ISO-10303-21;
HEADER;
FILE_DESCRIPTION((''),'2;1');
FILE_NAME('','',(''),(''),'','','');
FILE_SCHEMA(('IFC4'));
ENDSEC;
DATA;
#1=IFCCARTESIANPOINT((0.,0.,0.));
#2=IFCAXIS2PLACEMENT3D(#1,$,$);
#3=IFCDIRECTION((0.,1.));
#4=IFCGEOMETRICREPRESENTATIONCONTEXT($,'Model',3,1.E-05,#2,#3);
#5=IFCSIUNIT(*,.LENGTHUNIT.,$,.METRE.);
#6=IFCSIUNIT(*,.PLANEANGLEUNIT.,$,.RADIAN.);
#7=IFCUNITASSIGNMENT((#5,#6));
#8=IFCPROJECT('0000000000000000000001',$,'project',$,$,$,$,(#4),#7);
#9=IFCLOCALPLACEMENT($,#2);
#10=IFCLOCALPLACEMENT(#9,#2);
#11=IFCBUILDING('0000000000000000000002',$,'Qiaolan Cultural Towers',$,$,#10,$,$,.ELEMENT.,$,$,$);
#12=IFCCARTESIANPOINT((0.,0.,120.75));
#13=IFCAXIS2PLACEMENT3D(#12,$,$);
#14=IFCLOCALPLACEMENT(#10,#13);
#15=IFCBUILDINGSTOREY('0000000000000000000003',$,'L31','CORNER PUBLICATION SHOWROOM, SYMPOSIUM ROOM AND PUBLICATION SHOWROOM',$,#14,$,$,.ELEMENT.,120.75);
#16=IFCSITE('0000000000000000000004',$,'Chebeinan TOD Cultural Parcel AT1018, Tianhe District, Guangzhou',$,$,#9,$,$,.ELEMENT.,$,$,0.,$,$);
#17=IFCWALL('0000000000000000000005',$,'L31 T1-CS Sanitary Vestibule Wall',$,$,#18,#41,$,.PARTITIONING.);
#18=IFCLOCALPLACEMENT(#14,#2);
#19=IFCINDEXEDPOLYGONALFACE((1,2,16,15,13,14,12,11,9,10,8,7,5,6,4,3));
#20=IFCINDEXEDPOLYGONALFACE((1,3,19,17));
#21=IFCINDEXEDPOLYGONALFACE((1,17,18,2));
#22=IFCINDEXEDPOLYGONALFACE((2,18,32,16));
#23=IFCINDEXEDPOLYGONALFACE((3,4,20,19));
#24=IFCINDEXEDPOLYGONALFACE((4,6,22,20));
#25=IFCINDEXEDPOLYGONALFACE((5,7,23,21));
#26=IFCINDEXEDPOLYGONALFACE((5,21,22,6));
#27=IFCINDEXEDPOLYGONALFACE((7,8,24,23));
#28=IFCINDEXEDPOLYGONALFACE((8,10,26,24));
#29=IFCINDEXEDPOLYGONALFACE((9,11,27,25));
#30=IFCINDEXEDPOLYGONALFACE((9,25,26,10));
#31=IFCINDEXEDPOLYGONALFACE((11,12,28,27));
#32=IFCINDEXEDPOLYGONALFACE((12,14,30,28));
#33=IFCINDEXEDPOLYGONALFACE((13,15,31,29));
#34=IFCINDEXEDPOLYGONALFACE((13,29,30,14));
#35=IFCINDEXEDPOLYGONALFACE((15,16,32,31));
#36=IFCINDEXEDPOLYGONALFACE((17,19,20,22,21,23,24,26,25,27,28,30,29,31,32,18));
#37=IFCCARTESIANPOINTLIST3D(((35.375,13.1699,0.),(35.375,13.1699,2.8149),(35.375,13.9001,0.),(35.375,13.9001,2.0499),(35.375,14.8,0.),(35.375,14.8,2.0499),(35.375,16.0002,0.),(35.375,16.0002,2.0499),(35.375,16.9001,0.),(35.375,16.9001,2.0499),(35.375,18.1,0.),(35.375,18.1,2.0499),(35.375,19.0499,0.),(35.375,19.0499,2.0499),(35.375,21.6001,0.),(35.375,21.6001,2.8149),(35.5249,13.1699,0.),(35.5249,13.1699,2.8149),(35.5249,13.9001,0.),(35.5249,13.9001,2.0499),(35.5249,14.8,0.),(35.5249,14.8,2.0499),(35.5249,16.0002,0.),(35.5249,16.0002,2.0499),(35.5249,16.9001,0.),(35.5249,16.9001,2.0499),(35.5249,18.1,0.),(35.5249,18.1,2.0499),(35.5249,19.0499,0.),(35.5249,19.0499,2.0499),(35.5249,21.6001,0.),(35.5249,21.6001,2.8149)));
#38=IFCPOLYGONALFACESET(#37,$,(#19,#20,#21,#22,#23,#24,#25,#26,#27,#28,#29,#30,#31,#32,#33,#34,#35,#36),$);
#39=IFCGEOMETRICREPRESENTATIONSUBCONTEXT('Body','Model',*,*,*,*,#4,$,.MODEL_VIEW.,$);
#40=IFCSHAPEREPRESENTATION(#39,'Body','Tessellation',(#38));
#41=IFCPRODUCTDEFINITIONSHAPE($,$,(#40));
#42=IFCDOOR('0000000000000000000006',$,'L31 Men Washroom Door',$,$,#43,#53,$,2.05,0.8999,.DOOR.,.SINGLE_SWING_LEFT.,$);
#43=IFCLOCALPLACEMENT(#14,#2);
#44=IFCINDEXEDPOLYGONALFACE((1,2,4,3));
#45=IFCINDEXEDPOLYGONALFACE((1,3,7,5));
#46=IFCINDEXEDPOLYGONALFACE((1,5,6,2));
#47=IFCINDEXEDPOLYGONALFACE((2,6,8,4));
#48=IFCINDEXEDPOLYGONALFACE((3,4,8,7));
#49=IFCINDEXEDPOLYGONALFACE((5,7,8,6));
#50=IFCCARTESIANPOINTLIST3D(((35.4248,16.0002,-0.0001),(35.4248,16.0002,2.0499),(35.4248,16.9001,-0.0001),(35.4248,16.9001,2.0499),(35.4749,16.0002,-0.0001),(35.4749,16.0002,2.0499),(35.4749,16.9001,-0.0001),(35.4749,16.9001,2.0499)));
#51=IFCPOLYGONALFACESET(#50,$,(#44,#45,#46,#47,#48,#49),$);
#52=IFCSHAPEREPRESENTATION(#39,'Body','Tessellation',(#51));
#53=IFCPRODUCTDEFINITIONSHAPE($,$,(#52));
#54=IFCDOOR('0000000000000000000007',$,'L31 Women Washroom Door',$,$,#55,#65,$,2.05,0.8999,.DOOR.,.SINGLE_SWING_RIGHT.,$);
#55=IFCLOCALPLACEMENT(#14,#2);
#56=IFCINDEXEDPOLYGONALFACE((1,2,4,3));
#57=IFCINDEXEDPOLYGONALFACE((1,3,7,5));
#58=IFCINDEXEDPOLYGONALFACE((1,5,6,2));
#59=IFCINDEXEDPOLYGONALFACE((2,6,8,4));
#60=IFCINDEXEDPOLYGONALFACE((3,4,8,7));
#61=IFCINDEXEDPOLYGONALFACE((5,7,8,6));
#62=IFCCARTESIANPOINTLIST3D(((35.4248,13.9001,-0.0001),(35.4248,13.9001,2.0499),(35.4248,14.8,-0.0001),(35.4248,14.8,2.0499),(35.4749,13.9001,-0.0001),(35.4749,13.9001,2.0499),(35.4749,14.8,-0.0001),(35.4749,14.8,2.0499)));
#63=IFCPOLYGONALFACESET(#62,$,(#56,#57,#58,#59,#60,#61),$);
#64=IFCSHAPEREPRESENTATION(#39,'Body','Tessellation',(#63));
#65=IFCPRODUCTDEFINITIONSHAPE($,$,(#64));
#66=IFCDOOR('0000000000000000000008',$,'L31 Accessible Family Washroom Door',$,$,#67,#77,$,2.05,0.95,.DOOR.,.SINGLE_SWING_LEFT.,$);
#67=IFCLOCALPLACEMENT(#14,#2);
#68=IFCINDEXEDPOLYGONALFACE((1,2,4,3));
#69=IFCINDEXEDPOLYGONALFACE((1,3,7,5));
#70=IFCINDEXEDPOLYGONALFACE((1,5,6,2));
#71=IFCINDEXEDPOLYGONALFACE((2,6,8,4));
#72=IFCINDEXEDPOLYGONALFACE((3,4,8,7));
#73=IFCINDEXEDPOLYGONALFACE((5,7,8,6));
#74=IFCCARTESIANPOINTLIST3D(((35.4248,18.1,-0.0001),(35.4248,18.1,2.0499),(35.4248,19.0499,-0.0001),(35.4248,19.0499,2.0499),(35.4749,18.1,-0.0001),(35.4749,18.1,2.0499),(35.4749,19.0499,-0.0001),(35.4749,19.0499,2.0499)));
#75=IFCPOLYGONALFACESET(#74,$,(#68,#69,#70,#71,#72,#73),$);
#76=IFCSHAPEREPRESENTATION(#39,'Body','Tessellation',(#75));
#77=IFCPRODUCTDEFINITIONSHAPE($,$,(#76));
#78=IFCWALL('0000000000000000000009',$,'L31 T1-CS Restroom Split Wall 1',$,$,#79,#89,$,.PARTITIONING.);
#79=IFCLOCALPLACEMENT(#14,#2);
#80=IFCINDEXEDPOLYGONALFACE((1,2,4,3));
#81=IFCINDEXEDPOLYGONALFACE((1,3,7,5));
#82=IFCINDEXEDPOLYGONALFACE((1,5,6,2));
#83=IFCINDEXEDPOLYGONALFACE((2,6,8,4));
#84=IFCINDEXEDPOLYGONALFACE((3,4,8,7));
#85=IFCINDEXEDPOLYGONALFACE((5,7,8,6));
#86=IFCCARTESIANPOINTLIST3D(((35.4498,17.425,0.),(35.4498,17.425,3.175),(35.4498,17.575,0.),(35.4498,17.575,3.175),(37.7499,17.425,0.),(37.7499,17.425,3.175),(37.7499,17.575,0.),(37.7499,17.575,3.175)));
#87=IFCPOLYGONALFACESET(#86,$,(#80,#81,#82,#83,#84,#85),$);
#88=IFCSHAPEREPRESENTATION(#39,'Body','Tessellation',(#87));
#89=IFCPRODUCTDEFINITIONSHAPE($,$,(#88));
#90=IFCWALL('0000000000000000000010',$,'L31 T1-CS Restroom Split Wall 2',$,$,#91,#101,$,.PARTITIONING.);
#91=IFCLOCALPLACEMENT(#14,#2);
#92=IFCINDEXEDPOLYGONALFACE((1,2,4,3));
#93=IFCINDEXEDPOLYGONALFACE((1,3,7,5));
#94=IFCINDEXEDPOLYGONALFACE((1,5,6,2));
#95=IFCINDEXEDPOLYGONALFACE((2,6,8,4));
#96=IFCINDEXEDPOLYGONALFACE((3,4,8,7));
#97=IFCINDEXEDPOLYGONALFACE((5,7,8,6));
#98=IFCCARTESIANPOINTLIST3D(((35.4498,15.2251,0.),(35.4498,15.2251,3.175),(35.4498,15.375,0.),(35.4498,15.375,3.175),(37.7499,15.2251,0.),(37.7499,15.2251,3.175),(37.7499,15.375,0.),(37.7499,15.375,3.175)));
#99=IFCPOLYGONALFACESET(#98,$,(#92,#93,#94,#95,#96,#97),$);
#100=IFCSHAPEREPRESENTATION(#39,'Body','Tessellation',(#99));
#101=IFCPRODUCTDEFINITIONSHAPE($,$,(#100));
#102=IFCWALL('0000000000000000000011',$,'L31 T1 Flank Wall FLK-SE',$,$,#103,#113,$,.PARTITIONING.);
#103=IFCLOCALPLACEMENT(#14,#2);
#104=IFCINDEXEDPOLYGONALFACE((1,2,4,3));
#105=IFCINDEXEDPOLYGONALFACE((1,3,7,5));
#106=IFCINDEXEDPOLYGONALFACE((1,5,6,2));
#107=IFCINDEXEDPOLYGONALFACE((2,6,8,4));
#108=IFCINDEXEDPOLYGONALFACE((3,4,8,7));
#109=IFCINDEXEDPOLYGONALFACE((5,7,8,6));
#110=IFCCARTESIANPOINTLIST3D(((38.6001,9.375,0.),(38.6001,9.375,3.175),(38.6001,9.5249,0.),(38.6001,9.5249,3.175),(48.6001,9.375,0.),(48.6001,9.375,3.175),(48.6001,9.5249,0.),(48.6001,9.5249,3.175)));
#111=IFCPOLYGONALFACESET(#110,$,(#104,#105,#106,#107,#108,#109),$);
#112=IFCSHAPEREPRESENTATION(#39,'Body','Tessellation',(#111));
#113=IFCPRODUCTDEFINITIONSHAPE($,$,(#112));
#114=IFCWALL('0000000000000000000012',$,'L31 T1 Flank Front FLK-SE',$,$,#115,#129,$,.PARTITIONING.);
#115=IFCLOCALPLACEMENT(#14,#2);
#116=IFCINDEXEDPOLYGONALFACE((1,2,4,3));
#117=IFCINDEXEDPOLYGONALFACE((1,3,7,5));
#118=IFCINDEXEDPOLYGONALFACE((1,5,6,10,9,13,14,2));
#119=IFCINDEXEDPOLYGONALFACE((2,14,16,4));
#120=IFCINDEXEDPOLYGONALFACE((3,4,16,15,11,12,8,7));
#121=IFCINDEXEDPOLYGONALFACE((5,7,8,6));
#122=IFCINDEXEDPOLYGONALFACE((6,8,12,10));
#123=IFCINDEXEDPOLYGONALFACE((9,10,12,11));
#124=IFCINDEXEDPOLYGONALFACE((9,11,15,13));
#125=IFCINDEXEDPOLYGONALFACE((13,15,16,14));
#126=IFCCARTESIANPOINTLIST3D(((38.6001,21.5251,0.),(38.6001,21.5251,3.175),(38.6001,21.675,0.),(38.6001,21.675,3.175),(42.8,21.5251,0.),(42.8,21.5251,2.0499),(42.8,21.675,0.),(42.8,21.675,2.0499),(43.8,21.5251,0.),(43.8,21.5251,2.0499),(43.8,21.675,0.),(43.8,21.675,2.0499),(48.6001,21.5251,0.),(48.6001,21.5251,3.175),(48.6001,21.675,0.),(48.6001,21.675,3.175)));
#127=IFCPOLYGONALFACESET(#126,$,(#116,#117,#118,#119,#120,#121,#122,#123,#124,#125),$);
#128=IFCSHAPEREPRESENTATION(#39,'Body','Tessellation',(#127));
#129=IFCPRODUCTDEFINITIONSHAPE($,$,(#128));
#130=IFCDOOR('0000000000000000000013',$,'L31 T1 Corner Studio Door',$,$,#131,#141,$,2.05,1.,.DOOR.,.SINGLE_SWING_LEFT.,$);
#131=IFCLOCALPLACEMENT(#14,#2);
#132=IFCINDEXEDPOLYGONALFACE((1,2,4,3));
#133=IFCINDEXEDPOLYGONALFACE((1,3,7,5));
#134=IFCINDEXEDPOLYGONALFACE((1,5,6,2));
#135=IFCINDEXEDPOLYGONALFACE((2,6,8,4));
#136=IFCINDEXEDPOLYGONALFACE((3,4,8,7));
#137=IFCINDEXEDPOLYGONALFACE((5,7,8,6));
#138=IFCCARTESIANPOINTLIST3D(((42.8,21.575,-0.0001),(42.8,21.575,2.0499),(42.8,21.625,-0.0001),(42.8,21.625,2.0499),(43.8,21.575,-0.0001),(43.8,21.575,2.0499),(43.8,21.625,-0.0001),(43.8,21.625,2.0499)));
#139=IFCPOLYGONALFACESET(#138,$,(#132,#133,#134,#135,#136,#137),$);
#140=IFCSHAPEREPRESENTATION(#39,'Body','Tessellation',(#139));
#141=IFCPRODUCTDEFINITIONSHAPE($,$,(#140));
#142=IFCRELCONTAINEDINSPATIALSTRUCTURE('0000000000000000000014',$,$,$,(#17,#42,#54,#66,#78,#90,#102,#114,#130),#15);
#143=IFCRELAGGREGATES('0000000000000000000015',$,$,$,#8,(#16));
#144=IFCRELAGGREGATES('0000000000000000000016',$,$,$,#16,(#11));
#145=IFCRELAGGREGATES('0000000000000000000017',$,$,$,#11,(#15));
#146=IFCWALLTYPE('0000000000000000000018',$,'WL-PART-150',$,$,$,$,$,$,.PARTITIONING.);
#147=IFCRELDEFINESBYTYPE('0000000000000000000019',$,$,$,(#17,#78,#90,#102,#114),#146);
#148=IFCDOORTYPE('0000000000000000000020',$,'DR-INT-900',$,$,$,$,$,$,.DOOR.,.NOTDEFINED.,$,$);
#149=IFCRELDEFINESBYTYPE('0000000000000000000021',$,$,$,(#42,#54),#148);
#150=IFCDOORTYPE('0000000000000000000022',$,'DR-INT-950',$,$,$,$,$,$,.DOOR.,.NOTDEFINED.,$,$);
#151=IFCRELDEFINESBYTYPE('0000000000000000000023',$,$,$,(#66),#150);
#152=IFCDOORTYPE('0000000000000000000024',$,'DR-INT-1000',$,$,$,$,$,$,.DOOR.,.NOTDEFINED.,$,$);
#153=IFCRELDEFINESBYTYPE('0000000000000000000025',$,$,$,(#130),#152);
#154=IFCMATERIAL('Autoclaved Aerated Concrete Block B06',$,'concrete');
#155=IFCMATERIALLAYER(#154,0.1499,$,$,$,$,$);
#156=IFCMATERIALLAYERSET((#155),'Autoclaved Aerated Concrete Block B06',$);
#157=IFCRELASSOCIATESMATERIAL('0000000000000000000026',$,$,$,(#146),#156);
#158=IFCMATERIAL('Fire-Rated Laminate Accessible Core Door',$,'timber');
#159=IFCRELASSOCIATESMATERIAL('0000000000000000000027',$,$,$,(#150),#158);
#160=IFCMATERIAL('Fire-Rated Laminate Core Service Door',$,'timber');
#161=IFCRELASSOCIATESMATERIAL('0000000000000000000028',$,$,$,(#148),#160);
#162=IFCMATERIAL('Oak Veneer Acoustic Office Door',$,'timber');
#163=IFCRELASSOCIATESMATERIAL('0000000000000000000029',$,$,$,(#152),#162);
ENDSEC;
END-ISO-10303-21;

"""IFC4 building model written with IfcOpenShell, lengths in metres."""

from ifc_helpers import new_model, si_unit, direction, frame, frame_2d, origin, place, context, subcontext, project, spatial, rectangle, extrude, material, layer, layer_set, type_object, element, fill, save


model = new_model("IFC4")

# Units and contexts
model_context = context("Model", 3, precision=1e-05, world=origin(), true_north=direction((0.0, 1.0)))
body_context = subcontext(model_context, "Body", "Model", "MODEL_VIEW")
ifc_project = project(units=[si_unit("LENGTHUNIT", "METRE"), si_unit("PLANEANGLEUNIT", "RADIAN")], contexts=[model_context])

# Site, building, storey
site_placement = place(None, origin())
site = spatial("IfcSite", under=ifc_project, at=site_placement, Name="Chebeinan TOD Cultural Parcel AT1018, Tianhe District, Guangzhou", CompositionType="ELEMENT", RefElevation=0.0)
building_placement = place(site_placement, origin())
building = spatial("IfcBuilding", under=site, at=building_placement, Name="Qiaolan Cultural Towers", CompositionType="ELEMENT")
storey_placement = place(building_placement, frame((0.0, 0.0, 120.75)))
storey = spatial("IfcBuildingStorey", under=building, at=storey_placement, Name="L31", Description="CORNER PUBLICATION SHOWROOM, SYMPOSIUM ROOM AND PUBLICATION SHOWROOM", CompositionType="ELEMENT", Elevation=120.75)

# Shared definitions
ifc_material_1 = material(Name="Autoclaved Aerated Concrete Block B06", Category="concrete")
ifc_layer_1 = layer(ifc_material_1, 0.1499)
ifc_layer_set_1 = layer_set([ifc_layer_1], Name="Autoclaved Aerated Concrete Block B06")
wall_type_1 = type_object("IfcWallType", Name="WL-PART-150", PredefinedType="PARTITIONING", material=ifc_layer_set_1)
ifc_material_2 = material(Name="Fire-Rated Laminate Accessible Core Door", Category="timber")
door_type_1 = type_object("IfcDoorType", Name="DR-INT-950", OperationType="NOTDEFINED", PredefinedType="DOOR", material=ifc_material_2)

# Wall, openings, doors
wall_1_placement = place(storey_placement, frame((35.45, 21.6001, 0.0), z_axis=(0.0, 0.0, 1.0), x_axis=(0.0, -1.0, 0.0)))
wall_1 = element("IfcWall", 1, at=wall_1_placement, inside=storey, type_object=wall_type_1, Name="L31 T1-CS Sanitary Vestibule Wall", PredefinedType="PARTITIONING", context=body_context, shape_type="SweptSolid", body=[
    extrude(rectangle(XDim=8.4302, YDim=0.1499, at=frame_2d((4.2151, 0.0))), origin(), (0.0, 0.0, 1.0), 2.8149),
])
opening_1_placement = place(wall_1_placement, frame((2.55, 0.0, 0.0)))
opening_1 = element("IfcOpeningElement", 2, at=opening_1_placement, cuts=wall_1, PredefinedType="OPENING", context=body_context, shape_type="SweptSolid", body=[
    extrude(rectangle(XDim=0.95, YDim=2.05, at=frame_2d((0.4751, 1.0249))), frame((0.0, 0.085, 0.0), z_axis=(0.0, -1.0, 0.0), x_axis=(1.0, 0.0, 0.0)), (0.0, 0.0, 1.0), 0.1699),
])
opening_2_placement = place(wall_1_placement, frame((4.7, 0.0, 0.0)))
opening_2 = element("IfcOpeningElement", 3, at=opening_2_placement, cuts=wall_1, PredefinedType="OPENING", context=body_context, shape_type="SweptSolid", body=[
    extrude(rectangle(XDim=0.8999, YDim=2.05, at=frame_2d((0.45, 1.0249))), frame((0.0, 0.085, 0.0), z_axis=(0.0, -1.0, 0.0), x_axis=(1.0, 0.0, 0.0)), (0.0, 0.0, 1.0), 0.1699),
])
opening_3_placement = place(wall_1_placement, frame((6.8, 0.0, 0.0)))
opening_3 = element("IfcOpeningElement", 4, at=opening_3_placement, cuts=wall_1, PredefinedType="OPENING", context=body_context, shape_type="SweptSolid", body=[
    extrude(rectangle(XDim=0.8999, YDim=2.05, at=frame_2d((0.45, 1.0249))), frame((0.0, 0.085, 0.0), z_axis=(0.0, -1.0, 0.0), x_axis=(1.0, 0.0, 0.0)), (0.0, 0.0, 1.0), 0.1699),
])
ifc_material_3 = material(Name="Fire-Rated Laminate Core Service Door", Category="timber")
door_type_2 = type_object("IfcDoorType", Name="DR-INT-900", OperationType="NOTDEFINED", PredefinedType="DOOR", material=ifc_material_3)
door_1_placement = place(opening_2_placement, origin())
door_1 = element("IfcDoor", 5, at=door_1_placement, inside=storey, type_object=door_type_2, Name="L31 Men Washroom Door", OperationType="SINGLE_SWING_LEFT", OverallHeight=2.05, OverallWidth=0.8999, PredefinedType="DOOR", context=body_context, shape_type="SweptSolid", body=[
    extrude(rectangle(XDim=0.8999, YDim=2.05, at=frame_2d((0.45, 1.0249))), frame((0.0, 0.0249, 0.0), z_axis=(0.0, -1.0, 0.0), x_axis=(1.0, 0.0, 0.0)), (0.0, 0.0, 1.0), 0.05),
])
fill(opening_2, door_1)
door_2_placement = place(opening_3_placement, origin())
door_2 = element("IfcDoor", 6, at=door_2_placement, inside=storey, type_object=door_type_2, Name="L31 Women Washroom Door", OperationType="SINGLE_SWING_RIGHT", OverallHeight=2.05, OverallWidth=0.8999, PredefinedType="DOOR", context=body_context, shape_type="SweptSolid", body=[
    extrude(rectangle(XDim=0.8999, YDim=2.05, at=frame_2d((0.45, 1.0249))), frame((0.0, 0.0249, 0.0), z_axis=(0.0, -1.0, 0.0), x_axis=(1.0, 0.0, 0.0)), (0.0, 0.0, 1.0), 0.05),
])
fill(opening_3, door_2)
door_3_placement = place(opening_1_placement, origin())
door_3 = element("IfcDoor", 7, at=door_3_placement, inside=storey, type_object=door_type_1, Name="L31 Accessible Family Washroom Door", OperationType="SINGLE_SWING_LEFT", OverallHeight=2.05, OverallWidth=0.95, PredefinedType="DOOR", context=body_context, shape_type="SweptSolid", body=[
    extrude(rectangle(XDim=0.95, YDim=2.05, at=frame_2d((0.4751, 1.0249))), frame((0.0, 0.0249, 0.0), z_axis=(0.0, -1.0, 0.0), x_axis=(1.0, 0.0, 0.0)), (0.0, 0.0, 1.0), 0.05),
])
fill(opening_1, door_3)

# Walls
for number, where, z_axis, x_axis, name in (
    (8, (35.45, 17.5, 0.0), (0.0, 0.0, 1.0), (1.0, 0.0, 0.0), "L31 T1-CS Restroom Split Wall 1"),
    (9, (35.45, 15.3, 0.0), (0.0, 0.0, 1.0), (1.0, 0.0, 0.0), "L31 T1-CS Restroom Split Wall 2"),
):
    element("IfcWall", number, at=place(storey_placement, frame(where, z_axis=z_axis, x_axis=x_axis)), inside=storey, type_object=wall_type_1, Name=name, PredefinedType="PARTITIONING", context=body_context, shape_type="SweptSolid", body=[
        extrude(rectangle(XDim=2.3, YDim=0.1499, at=frame_2d((1.1499, 0.0))), origin(), (0.0, 0.0, 1.0), 3.175),
    ])
wall_2_placement = place(storey_placement, frame((38.6001, 9.45, 0.0), z_axis=(0.0, 0.0, 1.0), x_axis=(1.0, 0.0, 0.0)))
element("IfcWall", 10, at=wall_2_placement, inside=storey, type_object=wall_type_1, Name="L31 T1 Flank Wall FLK-SE", PredefinedType="PARTITIONING", context=body_context, shape_type="SweptSolid", body=[
    extrude(rectangle(XDim=10.0, YDim=0.1499, at=frame_2d((5.0, 0.0))), origin(), (0.0, 0.0, 1.0), 3.175),
])

# Wall, opening, door
wall_3_placement = place(storey_placement, frame((38.6001, 21.6001, 0.0), z_axis=(0.0, 0.0, 1.0), x_axis=(1.0, 0.0, 0.0)))
wall_3 = element("IfcWall", 11, at=wall_3_placement, inside=storey, type_object=wall_type_1, Name="L31 T1 Flank Front FLK-SE", PredefinedType="PARTITIONING", context=body_context, shape_type="SweptSolid", body=[
    extrude(rectangle(XDim=10.0, YDim=0.1499, at=frame_2d((5.0, 0.0))), origin(), (0.0, 0.0, 1.0), 3.175),
])
opening_4_placement = place(wall_3_placement, frame((4.2, 0.0, 0.0)))
opening_4 = element("IfcOpeningElement", 12, at=opening_4_placement, cuts=wall_3, PredefinedType="OPENING", context=body_context, shape_type="SweptSolid", body=[
    extrude(rectangle(XDim=1.0, YDim=2.05, at=frame_2d((0.5, 1.0249))), frame((0.0, 0.085, 0.0), z_axis=(0.0, -1.0, 0.0), x_axis=(1.0, 0.0, 0.0)), (0.0, 0.0, 1.0), 0.1699),
])
ifc_material_4 = material(Name="Oak Veneer Acoustic Office Door", Category="timber")
door_type_3 = type_object("IfcDoorType", Name="DR-INT-1000", OperationType="NOTDEFINED", PredefinedType="DOOR", material=ifc_material_4)
door_4_placement = place(opening_4_placement, origin())
door_4 = element("IfcDoor", 13, at=door_4_placement, inside=storey, type_object=door_type_3, Name="L31 T1 Corner Studio Door", OperationType="SINGLE_SWING_LEFT", OverallHeight=2.05, OverallWidth=1.0, PredefinedType="DOOR", context=body_context, shape_type="SweptSolid", body=[
    extrude(rectangle(XDim=1.0, YDim=2.05, at=frame_2d((0.5, 1.0249))), frame((0.0, 0.0249, 0.0), z_axis=(0.0, -1.0, 0.0), x_axis=(1.0, 0.0, 0.0)), (0.0, 0.0, 1.0), 0.05),
])
fill(opening_4, door_4)

save(model, "model.ifc")
